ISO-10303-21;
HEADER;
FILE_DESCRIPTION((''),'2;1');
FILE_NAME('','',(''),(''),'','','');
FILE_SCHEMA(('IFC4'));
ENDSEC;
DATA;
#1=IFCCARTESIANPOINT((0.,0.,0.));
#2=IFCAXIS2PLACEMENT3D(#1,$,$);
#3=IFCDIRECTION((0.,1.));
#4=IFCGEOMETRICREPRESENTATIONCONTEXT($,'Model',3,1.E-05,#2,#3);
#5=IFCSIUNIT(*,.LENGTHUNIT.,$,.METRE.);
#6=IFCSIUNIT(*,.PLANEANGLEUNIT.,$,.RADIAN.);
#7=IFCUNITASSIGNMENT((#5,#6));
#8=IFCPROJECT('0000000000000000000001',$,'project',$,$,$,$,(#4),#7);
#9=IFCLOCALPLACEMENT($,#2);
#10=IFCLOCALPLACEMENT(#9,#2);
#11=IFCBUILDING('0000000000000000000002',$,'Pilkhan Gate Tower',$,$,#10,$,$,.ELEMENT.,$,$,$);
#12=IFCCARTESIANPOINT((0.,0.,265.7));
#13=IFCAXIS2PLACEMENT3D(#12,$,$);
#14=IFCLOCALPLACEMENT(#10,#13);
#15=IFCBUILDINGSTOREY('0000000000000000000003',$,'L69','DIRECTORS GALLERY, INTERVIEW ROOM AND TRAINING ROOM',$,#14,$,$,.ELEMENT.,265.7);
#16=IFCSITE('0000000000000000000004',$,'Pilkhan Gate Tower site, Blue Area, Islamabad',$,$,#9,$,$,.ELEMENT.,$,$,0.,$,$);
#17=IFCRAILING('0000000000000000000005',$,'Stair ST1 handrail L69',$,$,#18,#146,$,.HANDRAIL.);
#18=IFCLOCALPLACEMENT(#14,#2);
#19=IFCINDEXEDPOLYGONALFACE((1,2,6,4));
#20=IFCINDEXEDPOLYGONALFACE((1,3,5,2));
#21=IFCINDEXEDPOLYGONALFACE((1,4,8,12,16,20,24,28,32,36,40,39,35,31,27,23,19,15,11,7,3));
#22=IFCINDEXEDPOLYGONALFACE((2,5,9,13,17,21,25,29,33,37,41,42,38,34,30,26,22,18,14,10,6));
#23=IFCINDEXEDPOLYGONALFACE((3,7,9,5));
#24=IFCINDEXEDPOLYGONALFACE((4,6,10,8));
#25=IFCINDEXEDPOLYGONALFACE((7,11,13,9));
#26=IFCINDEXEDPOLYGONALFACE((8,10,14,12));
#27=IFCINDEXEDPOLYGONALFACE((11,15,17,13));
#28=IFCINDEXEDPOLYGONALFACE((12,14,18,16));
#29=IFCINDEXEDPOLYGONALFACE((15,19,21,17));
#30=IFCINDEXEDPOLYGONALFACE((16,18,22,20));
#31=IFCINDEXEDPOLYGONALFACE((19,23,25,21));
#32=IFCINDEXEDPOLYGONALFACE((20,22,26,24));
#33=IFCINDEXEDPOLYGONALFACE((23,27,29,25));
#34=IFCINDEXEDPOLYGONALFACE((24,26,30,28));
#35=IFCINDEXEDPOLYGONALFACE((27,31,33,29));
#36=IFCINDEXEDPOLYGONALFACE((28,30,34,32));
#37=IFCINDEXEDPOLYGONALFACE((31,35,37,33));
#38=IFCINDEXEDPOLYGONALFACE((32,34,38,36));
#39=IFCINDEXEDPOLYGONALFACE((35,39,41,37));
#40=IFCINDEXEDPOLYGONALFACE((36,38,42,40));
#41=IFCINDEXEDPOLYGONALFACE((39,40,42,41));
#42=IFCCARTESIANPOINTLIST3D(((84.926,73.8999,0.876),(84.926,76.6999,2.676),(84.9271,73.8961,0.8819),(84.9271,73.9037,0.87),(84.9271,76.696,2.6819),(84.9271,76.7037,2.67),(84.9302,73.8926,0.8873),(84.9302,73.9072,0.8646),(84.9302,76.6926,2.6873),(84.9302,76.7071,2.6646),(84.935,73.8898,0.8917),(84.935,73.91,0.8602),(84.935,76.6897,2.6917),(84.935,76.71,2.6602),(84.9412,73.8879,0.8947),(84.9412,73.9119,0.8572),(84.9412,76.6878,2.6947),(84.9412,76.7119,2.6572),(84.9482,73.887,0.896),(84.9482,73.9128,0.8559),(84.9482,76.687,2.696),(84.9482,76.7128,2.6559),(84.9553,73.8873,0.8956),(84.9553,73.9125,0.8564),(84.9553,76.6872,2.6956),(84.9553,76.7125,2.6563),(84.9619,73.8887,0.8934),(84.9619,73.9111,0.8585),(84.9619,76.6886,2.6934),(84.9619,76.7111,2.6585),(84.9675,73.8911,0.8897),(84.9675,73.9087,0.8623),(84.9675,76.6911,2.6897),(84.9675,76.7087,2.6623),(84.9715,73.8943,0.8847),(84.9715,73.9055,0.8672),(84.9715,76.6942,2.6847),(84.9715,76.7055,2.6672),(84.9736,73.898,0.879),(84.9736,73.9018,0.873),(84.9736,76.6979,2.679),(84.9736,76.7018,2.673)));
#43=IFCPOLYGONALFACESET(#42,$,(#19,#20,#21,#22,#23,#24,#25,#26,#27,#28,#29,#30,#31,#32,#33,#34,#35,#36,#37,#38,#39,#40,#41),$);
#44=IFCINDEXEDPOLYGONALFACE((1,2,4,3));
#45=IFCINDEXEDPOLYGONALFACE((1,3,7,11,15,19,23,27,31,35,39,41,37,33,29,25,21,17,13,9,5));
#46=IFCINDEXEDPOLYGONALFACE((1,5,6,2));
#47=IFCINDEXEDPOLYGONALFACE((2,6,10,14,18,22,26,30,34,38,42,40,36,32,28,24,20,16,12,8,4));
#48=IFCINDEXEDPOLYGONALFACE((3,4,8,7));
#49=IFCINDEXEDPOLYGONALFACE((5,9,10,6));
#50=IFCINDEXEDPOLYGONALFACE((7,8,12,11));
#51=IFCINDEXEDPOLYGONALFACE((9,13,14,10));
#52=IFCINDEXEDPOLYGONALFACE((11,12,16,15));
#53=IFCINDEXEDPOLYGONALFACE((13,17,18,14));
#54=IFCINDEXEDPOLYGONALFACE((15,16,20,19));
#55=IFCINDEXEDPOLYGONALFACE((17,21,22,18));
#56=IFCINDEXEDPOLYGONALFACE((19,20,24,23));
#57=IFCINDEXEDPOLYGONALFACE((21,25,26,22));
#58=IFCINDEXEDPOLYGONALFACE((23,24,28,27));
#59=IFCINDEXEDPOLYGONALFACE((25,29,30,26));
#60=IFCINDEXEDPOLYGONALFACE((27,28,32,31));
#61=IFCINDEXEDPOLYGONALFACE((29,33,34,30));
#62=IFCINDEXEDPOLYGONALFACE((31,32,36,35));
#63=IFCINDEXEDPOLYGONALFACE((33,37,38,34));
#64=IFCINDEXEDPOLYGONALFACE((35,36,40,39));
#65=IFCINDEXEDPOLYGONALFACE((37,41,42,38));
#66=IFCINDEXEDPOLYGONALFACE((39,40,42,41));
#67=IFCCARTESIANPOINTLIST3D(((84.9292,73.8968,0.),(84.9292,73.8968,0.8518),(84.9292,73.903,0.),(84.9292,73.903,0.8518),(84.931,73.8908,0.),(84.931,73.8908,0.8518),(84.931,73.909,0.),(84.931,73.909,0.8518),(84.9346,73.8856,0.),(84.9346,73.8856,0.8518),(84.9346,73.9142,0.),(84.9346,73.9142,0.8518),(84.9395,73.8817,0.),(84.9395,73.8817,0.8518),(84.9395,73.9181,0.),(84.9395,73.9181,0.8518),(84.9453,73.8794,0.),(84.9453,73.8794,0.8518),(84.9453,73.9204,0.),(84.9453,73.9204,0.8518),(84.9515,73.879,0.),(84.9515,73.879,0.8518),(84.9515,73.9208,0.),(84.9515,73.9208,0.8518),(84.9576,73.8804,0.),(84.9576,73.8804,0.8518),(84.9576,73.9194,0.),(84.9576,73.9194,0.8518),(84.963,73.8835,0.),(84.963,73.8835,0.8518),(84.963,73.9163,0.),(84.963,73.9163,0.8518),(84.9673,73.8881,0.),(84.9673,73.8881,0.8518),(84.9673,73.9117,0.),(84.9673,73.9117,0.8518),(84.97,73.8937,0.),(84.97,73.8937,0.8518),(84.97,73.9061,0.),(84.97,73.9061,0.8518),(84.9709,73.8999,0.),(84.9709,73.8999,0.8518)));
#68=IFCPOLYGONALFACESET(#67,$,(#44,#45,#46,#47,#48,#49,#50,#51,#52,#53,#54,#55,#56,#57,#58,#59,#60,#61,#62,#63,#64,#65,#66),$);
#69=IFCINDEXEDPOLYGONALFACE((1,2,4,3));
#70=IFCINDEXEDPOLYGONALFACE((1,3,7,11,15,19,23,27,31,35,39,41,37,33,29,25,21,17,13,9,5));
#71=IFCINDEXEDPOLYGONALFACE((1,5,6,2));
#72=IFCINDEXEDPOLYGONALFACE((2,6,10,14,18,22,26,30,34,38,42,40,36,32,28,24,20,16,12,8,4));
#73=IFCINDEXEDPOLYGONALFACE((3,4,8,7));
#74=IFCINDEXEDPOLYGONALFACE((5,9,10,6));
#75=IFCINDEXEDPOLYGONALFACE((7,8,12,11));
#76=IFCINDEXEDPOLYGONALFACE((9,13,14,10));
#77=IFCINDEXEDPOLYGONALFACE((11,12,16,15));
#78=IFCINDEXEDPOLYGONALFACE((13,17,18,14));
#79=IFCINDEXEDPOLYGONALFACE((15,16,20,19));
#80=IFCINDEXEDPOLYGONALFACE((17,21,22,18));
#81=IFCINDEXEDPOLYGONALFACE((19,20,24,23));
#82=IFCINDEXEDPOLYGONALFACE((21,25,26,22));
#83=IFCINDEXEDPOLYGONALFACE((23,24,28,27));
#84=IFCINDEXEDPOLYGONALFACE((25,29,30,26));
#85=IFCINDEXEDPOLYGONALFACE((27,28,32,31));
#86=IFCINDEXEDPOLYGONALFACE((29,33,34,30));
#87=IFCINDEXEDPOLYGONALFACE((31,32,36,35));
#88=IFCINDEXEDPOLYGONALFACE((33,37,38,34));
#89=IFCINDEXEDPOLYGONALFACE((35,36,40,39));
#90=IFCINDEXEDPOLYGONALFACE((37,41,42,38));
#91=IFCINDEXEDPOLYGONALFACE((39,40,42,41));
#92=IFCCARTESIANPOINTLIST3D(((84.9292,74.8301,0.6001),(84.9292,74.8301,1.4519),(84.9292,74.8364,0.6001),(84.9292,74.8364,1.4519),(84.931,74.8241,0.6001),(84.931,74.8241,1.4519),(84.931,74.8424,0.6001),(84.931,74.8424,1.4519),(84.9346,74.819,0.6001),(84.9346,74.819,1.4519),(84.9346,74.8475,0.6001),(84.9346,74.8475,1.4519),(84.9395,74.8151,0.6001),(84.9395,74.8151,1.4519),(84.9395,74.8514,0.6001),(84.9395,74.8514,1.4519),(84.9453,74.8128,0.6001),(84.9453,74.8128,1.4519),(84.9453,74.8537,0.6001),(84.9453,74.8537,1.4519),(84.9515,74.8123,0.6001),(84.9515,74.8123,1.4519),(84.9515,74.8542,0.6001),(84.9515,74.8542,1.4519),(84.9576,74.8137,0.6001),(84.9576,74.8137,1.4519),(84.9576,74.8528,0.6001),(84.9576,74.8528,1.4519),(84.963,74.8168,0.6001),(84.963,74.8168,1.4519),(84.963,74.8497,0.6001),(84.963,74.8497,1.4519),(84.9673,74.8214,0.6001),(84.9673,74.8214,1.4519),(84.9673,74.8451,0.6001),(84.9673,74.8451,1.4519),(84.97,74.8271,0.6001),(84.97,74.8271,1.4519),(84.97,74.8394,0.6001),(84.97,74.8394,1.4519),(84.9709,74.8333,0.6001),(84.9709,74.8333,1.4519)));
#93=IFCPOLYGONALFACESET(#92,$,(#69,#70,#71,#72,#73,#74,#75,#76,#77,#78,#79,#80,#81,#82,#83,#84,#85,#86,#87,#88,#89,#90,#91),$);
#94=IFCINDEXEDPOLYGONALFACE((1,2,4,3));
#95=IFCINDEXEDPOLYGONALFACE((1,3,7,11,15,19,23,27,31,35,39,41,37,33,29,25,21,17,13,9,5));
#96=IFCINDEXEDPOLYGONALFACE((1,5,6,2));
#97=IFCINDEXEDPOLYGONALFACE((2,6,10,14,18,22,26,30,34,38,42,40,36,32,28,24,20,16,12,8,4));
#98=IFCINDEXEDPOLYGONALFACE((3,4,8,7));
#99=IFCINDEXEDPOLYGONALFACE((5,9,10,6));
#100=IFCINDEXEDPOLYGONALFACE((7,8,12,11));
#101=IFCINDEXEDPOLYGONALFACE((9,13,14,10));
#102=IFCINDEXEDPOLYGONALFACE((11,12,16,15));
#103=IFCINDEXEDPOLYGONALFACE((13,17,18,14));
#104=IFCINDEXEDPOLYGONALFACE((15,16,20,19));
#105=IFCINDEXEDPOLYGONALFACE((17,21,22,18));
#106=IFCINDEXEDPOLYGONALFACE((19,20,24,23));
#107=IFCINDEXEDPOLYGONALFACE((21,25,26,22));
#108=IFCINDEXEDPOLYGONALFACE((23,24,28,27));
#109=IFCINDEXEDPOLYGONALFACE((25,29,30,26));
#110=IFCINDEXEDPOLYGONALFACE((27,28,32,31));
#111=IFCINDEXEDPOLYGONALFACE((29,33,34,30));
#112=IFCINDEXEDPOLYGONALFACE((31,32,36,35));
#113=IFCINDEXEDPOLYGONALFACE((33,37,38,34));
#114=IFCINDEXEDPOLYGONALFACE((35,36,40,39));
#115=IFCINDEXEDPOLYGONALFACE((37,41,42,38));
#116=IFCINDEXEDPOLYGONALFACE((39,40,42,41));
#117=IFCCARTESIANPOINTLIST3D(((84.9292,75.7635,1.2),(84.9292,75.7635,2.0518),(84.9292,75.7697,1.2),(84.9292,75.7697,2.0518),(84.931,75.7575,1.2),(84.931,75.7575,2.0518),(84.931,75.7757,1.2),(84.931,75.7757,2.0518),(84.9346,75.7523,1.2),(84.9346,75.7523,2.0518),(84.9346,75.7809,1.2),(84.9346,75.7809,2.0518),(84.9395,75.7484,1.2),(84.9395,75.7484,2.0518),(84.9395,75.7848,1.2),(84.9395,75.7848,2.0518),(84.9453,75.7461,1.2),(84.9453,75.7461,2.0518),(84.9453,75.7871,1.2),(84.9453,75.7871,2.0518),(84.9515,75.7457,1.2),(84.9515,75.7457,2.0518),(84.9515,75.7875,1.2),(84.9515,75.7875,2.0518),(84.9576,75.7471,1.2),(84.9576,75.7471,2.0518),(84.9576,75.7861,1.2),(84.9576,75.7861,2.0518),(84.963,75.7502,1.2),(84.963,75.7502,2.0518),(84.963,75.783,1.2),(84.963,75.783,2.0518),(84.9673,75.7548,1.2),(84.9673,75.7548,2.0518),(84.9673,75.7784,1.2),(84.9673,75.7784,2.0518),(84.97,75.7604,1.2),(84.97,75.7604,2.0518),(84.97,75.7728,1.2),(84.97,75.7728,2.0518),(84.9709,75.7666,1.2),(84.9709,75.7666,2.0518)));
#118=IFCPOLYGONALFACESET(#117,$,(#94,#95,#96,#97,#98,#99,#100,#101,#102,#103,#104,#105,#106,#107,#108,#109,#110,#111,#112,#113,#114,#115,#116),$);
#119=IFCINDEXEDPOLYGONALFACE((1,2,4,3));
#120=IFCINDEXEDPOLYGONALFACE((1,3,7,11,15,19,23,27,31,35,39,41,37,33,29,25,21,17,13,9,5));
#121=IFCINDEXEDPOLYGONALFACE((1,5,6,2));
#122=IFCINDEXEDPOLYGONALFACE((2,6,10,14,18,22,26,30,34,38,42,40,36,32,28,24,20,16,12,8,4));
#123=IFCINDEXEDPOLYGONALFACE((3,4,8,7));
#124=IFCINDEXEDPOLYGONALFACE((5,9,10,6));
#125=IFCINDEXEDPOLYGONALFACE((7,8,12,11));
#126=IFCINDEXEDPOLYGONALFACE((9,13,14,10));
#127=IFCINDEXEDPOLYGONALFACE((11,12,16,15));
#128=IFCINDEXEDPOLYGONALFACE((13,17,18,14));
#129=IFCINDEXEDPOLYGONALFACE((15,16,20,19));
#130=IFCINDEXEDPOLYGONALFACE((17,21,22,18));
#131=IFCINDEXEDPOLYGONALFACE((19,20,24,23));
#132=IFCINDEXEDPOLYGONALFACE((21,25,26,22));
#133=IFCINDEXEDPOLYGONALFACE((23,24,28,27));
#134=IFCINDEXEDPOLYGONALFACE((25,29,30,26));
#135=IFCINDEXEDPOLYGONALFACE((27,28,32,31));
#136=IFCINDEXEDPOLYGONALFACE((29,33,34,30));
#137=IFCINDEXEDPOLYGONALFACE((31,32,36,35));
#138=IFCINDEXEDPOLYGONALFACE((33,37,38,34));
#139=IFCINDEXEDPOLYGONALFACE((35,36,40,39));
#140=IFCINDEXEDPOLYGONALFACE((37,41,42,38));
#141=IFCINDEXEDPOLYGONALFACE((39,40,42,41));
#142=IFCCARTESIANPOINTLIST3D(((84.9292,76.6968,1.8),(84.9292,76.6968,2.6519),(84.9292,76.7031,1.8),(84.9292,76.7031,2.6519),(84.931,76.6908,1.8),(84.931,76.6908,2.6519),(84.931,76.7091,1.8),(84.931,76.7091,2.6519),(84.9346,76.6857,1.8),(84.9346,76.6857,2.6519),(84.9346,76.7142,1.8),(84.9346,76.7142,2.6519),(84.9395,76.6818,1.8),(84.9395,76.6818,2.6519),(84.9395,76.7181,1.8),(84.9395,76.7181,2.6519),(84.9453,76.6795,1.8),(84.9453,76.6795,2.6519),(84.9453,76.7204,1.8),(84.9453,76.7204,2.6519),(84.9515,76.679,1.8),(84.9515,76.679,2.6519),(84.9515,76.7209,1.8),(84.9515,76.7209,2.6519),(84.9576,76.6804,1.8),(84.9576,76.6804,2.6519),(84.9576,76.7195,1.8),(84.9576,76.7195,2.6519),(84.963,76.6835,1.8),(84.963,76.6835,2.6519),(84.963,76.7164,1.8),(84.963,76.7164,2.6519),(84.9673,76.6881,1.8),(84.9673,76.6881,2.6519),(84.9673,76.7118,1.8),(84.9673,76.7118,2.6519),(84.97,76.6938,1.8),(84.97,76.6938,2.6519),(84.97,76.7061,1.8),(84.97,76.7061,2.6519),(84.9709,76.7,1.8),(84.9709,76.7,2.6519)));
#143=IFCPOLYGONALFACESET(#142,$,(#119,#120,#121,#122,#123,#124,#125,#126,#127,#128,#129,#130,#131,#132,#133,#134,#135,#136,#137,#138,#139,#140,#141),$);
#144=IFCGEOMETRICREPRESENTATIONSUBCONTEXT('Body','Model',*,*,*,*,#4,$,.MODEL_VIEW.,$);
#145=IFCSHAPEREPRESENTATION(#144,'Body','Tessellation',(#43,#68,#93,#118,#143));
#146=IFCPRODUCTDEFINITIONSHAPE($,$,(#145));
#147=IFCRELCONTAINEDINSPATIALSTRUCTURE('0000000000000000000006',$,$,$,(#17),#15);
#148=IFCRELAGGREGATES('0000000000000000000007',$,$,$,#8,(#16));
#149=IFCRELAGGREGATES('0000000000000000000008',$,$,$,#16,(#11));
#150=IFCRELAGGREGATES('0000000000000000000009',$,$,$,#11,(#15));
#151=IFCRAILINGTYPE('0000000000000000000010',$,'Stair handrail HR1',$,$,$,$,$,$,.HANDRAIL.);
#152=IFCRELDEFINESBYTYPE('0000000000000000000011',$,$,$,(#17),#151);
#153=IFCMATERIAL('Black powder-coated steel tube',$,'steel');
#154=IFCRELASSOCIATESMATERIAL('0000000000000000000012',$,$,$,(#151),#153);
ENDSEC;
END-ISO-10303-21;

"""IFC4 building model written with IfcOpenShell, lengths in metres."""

from ifc_helpers import new_model, si_unit, direction, frame, origin, origin_2d, place, context, subcontext, project, spatial, circle, extrude, material, type_object, element, save


model = new_model("IFC4")

# Units and contexts
model_context = context("Model", 3, precision=1e-05, world=origin(), true_north=direction((0.0, 1.0)))
body_context = subcontext(model_context, "Body", "Model", "MODEL_VIEW")
ifc_project = project(units=[si_unit("LENGTHUNIT", "METRE"), si_unit("PLANEANGLEUNIT", "RADIAN")], contexts=[model_context])

# Site, building, storey
site_placement = place(None, origin())
site = spatial("IfcSite", under=ifc_project, at=site_placement, Name="Pilkhan Gate Tower site, Blue Area, Islamabad", CompositionType="ELEMENT", RefElevation=0.0)
building_placement = place(site_placement, origin())
building = spatial("IfcBuilding", under=site, at=building_placement, Name="Pilkhan Gate Tower", CompositionType="ELEMENT")
storey_placement = place(building_placement, frame((0.0, 0.0, 265.7)))
storey = spatial("IfcBuildingStorey", under=building, at=storey_placement, Name="L69", Description="DIRECTORS GALLERY, INTERVIEW ROOM AND TRAINING ROOM", CompositionType="ELEMENT", Elevation=265.7)

# Railing
ifc_material_1 = material(Name="Black powder-coated steel tube", Category="steel")
railing_type_1 = type_object("IfcRailingType", Name="Stair handrail HR1", PredefinedType="HANDRAIL", material=ifc_material_1)
railing_1_placement = place(storey_placement, frame((84.95, 73.8999, 0.0)))
element("IfcRailing", 1, at=railing_1_placement, inside=storey, type_object=railing_type_1, Name="Stair ST1 handrail L69", PredefinedType="HANDRAIL", context=body_context, shape_type="SweptSolid", body=[
    extrude(circle(Radius=0.0239, at=origin_2d()), frame((0.0, 0.0, 0.876), z_axis=(0.0, 0.841176, 0.540761), x_axis=(-1.0, 0.0, 0.0)), (0.0, 0.0, 1.0), 3.3286),
    extrude(circle(Radius=0.021, at=origin_2d()), origin(), (0.0, 0.0, 1.0), 0.8518),
    extrude(circle(Radius=0.021, at=origin_2d()), frame((0.0, 0.9333, 0.6001)), (0.0, 0.0, 1.0), 0.8518),
    extrude(circle(Radius=0.021, at=origin_2d()), frame((0.0, 1.8667, 1.2)), (0.0, 0.0, 1.0), 0.8518),
    extrude(circle(Radius=0.021, at=origin_2d()), frame((0.0, 2.8, 1.8)), (0.0, 0.0, 1.0), 0.8518),
])

save(model, "model.ifc")
